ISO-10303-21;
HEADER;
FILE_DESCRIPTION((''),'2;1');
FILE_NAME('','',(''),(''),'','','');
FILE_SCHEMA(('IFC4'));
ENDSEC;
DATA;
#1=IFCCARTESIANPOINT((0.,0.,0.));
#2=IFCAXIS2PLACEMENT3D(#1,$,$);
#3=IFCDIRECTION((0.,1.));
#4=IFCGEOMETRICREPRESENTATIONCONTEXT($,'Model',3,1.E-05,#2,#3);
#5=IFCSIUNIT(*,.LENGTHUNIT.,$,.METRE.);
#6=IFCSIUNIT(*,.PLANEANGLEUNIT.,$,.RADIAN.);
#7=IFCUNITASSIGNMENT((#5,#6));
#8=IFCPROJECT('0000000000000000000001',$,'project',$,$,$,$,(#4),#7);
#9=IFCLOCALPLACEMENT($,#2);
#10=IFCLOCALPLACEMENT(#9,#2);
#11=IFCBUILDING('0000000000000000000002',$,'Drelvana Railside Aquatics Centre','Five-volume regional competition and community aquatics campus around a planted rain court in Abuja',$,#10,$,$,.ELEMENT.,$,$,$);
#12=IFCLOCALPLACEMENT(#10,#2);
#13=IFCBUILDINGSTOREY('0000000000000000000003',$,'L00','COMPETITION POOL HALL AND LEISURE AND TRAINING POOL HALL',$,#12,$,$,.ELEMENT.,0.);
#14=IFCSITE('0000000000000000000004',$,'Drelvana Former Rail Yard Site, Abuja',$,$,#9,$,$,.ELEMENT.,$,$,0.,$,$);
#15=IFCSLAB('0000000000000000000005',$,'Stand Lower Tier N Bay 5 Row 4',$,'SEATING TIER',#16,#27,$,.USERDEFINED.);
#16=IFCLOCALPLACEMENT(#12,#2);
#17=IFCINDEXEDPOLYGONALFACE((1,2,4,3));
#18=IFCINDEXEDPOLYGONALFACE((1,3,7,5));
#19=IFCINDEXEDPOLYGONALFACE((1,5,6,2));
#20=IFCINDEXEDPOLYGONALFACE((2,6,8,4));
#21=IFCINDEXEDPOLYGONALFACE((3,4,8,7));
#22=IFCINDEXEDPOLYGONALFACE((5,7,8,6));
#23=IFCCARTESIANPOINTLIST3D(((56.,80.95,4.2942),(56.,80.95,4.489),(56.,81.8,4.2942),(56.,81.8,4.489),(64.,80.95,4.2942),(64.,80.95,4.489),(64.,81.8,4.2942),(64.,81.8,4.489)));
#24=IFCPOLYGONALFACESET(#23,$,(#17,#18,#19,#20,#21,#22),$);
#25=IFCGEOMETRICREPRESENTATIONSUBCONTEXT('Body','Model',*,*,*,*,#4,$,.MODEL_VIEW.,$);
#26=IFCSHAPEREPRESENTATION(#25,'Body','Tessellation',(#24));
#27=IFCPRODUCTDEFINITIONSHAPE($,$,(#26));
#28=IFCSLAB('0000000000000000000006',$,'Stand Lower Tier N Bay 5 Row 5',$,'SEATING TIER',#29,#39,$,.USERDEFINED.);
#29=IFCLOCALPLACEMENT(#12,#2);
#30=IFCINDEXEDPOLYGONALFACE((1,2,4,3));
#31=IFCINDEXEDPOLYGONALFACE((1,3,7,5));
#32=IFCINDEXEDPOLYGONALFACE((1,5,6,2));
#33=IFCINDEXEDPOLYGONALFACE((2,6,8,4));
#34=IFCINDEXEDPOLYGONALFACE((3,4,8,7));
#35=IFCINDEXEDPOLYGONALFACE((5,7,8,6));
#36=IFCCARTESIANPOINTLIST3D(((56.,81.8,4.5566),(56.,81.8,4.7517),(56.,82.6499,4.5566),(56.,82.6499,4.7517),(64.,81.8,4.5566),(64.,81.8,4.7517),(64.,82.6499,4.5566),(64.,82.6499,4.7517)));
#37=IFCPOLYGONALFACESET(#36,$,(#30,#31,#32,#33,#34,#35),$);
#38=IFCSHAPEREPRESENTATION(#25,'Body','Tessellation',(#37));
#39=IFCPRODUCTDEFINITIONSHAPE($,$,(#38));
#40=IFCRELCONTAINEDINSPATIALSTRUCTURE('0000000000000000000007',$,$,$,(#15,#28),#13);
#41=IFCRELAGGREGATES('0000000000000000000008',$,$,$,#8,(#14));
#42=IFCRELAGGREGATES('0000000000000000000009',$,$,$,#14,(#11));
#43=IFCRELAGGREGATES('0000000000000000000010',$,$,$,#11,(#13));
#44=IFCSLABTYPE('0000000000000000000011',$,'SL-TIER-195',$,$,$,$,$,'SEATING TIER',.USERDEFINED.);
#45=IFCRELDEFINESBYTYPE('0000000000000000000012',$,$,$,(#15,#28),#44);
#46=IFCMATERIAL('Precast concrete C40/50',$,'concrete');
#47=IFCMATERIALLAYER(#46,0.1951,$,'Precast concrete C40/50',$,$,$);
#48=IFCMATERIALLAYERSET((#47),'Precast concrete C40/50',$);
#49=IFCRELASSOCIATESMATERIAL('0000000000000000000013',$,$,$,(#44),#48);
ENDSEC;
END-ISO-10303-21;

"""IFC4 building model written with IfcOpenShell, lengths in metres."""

from ifc_helpers import new_model, si_unit, direction, frame, origin, place, context, subcontext, project, spatial, polyline, outline, extrude, material, layer, layer_set, type_object, element, save


model = new_model("IFC4")

# Units and contexts
model_context = context("Model", 3, precision=1e-05, world=origin(), true_north=direction((0.0, 1.0)))
body_context = subcontext(model_context, "Body", "Model", "MODEL_VIEW")
ifc_project = project(units=[si_unit("LENGTHUNIT", "METRE"), si_unit("PLANEANGLEUNIT", "RADIAN")], contexts=[model_context])

# Site, building, storey
site_placement = place(None, origin())
site = spatial("IfcSite", under=ifc_project, at=site_placement, Name="Drelvana Former Rail Yard Site, Abuja", CompositionType="ELEMENT", RefElevation=0.0)
building_placement = place(site_placement, origin())
building = spatial("IfcBuilding", under=site, at=building_placement, Name="Drelvana Railside Aquatics Centre", Description="Five-volume regional competition and community aquatics campus around a planted rain court in Abuja", CompositionType="ELEMENT")
storey_placement = place(building_placement, origin())
storey = spatial("IfcBuildingStorey", under=building, at=storey_placement, Name="L00", Description="COMPETITION POOL HALL AND LEISURE AND TRAINING POOL HALL", CompositionType="ELEMENT", Elevation=0.0)

# Slabs
ifc_material_1 = material(Name="Precast concrete C40/50", Category="concrete")
ifc_layer_1 = layer(ifc_material_1, 0.1951, Name="Precast concrete C40/50")
ifc_layer_set_1 = layer_set([ifc_layer_1], Name="Precast concrete C40/50")
slab_type_1 = type_object("IfcSlabType", Name="SL-TIER-195", ElementType="SEATING TIER", PredefinedType="USERDEFINED", material=ifc_layer_set_1)
slab_1_placement = place(storey_placement, frame((0.0, 0.0, 4.2942)))
element("IfcSlab", 1, at=slab_1_placement, inside=storey, type_object=slab_type_1, Name="Stand Lower Tier N Bay 5 Row 4", ObjectType="SEATING TIER", PredefinedType="USERDEFINED", context=body_context, shape_type="SweptSolid", body=[
    extrude(outline(polyline([(56.0, 80.95), (64.0, 80.95), (64.0, 81.8), (56.0, 81.8), (56.0, 80.95)])), origin(), (0.0, 0.0, 1.0), 0.1948),
])
slab_2_placement = place(storey_placement, frame((0.0, 0.0, 4.5566)))
element("IfcSlab", 2, at=slab_2_placement, inside=storey, type_object=slab_type_1, Name="Stand Lower Tier N Bay 5 Row 5", ObjectType="SEATING TIER", PredefinedType="USERDEFINED", context=body_context, shape_type="SweptSolid", body=[
    extrude(outline(polyline([(56.0, 81.8), (64.0, 81.8), (64.0, 82.6499), (56.0, 82.6499), (56.0, 81.8)])), origin(), (0.0, 0.0, 1.0), 0.1951),
])

save(model, "model.ifc")
